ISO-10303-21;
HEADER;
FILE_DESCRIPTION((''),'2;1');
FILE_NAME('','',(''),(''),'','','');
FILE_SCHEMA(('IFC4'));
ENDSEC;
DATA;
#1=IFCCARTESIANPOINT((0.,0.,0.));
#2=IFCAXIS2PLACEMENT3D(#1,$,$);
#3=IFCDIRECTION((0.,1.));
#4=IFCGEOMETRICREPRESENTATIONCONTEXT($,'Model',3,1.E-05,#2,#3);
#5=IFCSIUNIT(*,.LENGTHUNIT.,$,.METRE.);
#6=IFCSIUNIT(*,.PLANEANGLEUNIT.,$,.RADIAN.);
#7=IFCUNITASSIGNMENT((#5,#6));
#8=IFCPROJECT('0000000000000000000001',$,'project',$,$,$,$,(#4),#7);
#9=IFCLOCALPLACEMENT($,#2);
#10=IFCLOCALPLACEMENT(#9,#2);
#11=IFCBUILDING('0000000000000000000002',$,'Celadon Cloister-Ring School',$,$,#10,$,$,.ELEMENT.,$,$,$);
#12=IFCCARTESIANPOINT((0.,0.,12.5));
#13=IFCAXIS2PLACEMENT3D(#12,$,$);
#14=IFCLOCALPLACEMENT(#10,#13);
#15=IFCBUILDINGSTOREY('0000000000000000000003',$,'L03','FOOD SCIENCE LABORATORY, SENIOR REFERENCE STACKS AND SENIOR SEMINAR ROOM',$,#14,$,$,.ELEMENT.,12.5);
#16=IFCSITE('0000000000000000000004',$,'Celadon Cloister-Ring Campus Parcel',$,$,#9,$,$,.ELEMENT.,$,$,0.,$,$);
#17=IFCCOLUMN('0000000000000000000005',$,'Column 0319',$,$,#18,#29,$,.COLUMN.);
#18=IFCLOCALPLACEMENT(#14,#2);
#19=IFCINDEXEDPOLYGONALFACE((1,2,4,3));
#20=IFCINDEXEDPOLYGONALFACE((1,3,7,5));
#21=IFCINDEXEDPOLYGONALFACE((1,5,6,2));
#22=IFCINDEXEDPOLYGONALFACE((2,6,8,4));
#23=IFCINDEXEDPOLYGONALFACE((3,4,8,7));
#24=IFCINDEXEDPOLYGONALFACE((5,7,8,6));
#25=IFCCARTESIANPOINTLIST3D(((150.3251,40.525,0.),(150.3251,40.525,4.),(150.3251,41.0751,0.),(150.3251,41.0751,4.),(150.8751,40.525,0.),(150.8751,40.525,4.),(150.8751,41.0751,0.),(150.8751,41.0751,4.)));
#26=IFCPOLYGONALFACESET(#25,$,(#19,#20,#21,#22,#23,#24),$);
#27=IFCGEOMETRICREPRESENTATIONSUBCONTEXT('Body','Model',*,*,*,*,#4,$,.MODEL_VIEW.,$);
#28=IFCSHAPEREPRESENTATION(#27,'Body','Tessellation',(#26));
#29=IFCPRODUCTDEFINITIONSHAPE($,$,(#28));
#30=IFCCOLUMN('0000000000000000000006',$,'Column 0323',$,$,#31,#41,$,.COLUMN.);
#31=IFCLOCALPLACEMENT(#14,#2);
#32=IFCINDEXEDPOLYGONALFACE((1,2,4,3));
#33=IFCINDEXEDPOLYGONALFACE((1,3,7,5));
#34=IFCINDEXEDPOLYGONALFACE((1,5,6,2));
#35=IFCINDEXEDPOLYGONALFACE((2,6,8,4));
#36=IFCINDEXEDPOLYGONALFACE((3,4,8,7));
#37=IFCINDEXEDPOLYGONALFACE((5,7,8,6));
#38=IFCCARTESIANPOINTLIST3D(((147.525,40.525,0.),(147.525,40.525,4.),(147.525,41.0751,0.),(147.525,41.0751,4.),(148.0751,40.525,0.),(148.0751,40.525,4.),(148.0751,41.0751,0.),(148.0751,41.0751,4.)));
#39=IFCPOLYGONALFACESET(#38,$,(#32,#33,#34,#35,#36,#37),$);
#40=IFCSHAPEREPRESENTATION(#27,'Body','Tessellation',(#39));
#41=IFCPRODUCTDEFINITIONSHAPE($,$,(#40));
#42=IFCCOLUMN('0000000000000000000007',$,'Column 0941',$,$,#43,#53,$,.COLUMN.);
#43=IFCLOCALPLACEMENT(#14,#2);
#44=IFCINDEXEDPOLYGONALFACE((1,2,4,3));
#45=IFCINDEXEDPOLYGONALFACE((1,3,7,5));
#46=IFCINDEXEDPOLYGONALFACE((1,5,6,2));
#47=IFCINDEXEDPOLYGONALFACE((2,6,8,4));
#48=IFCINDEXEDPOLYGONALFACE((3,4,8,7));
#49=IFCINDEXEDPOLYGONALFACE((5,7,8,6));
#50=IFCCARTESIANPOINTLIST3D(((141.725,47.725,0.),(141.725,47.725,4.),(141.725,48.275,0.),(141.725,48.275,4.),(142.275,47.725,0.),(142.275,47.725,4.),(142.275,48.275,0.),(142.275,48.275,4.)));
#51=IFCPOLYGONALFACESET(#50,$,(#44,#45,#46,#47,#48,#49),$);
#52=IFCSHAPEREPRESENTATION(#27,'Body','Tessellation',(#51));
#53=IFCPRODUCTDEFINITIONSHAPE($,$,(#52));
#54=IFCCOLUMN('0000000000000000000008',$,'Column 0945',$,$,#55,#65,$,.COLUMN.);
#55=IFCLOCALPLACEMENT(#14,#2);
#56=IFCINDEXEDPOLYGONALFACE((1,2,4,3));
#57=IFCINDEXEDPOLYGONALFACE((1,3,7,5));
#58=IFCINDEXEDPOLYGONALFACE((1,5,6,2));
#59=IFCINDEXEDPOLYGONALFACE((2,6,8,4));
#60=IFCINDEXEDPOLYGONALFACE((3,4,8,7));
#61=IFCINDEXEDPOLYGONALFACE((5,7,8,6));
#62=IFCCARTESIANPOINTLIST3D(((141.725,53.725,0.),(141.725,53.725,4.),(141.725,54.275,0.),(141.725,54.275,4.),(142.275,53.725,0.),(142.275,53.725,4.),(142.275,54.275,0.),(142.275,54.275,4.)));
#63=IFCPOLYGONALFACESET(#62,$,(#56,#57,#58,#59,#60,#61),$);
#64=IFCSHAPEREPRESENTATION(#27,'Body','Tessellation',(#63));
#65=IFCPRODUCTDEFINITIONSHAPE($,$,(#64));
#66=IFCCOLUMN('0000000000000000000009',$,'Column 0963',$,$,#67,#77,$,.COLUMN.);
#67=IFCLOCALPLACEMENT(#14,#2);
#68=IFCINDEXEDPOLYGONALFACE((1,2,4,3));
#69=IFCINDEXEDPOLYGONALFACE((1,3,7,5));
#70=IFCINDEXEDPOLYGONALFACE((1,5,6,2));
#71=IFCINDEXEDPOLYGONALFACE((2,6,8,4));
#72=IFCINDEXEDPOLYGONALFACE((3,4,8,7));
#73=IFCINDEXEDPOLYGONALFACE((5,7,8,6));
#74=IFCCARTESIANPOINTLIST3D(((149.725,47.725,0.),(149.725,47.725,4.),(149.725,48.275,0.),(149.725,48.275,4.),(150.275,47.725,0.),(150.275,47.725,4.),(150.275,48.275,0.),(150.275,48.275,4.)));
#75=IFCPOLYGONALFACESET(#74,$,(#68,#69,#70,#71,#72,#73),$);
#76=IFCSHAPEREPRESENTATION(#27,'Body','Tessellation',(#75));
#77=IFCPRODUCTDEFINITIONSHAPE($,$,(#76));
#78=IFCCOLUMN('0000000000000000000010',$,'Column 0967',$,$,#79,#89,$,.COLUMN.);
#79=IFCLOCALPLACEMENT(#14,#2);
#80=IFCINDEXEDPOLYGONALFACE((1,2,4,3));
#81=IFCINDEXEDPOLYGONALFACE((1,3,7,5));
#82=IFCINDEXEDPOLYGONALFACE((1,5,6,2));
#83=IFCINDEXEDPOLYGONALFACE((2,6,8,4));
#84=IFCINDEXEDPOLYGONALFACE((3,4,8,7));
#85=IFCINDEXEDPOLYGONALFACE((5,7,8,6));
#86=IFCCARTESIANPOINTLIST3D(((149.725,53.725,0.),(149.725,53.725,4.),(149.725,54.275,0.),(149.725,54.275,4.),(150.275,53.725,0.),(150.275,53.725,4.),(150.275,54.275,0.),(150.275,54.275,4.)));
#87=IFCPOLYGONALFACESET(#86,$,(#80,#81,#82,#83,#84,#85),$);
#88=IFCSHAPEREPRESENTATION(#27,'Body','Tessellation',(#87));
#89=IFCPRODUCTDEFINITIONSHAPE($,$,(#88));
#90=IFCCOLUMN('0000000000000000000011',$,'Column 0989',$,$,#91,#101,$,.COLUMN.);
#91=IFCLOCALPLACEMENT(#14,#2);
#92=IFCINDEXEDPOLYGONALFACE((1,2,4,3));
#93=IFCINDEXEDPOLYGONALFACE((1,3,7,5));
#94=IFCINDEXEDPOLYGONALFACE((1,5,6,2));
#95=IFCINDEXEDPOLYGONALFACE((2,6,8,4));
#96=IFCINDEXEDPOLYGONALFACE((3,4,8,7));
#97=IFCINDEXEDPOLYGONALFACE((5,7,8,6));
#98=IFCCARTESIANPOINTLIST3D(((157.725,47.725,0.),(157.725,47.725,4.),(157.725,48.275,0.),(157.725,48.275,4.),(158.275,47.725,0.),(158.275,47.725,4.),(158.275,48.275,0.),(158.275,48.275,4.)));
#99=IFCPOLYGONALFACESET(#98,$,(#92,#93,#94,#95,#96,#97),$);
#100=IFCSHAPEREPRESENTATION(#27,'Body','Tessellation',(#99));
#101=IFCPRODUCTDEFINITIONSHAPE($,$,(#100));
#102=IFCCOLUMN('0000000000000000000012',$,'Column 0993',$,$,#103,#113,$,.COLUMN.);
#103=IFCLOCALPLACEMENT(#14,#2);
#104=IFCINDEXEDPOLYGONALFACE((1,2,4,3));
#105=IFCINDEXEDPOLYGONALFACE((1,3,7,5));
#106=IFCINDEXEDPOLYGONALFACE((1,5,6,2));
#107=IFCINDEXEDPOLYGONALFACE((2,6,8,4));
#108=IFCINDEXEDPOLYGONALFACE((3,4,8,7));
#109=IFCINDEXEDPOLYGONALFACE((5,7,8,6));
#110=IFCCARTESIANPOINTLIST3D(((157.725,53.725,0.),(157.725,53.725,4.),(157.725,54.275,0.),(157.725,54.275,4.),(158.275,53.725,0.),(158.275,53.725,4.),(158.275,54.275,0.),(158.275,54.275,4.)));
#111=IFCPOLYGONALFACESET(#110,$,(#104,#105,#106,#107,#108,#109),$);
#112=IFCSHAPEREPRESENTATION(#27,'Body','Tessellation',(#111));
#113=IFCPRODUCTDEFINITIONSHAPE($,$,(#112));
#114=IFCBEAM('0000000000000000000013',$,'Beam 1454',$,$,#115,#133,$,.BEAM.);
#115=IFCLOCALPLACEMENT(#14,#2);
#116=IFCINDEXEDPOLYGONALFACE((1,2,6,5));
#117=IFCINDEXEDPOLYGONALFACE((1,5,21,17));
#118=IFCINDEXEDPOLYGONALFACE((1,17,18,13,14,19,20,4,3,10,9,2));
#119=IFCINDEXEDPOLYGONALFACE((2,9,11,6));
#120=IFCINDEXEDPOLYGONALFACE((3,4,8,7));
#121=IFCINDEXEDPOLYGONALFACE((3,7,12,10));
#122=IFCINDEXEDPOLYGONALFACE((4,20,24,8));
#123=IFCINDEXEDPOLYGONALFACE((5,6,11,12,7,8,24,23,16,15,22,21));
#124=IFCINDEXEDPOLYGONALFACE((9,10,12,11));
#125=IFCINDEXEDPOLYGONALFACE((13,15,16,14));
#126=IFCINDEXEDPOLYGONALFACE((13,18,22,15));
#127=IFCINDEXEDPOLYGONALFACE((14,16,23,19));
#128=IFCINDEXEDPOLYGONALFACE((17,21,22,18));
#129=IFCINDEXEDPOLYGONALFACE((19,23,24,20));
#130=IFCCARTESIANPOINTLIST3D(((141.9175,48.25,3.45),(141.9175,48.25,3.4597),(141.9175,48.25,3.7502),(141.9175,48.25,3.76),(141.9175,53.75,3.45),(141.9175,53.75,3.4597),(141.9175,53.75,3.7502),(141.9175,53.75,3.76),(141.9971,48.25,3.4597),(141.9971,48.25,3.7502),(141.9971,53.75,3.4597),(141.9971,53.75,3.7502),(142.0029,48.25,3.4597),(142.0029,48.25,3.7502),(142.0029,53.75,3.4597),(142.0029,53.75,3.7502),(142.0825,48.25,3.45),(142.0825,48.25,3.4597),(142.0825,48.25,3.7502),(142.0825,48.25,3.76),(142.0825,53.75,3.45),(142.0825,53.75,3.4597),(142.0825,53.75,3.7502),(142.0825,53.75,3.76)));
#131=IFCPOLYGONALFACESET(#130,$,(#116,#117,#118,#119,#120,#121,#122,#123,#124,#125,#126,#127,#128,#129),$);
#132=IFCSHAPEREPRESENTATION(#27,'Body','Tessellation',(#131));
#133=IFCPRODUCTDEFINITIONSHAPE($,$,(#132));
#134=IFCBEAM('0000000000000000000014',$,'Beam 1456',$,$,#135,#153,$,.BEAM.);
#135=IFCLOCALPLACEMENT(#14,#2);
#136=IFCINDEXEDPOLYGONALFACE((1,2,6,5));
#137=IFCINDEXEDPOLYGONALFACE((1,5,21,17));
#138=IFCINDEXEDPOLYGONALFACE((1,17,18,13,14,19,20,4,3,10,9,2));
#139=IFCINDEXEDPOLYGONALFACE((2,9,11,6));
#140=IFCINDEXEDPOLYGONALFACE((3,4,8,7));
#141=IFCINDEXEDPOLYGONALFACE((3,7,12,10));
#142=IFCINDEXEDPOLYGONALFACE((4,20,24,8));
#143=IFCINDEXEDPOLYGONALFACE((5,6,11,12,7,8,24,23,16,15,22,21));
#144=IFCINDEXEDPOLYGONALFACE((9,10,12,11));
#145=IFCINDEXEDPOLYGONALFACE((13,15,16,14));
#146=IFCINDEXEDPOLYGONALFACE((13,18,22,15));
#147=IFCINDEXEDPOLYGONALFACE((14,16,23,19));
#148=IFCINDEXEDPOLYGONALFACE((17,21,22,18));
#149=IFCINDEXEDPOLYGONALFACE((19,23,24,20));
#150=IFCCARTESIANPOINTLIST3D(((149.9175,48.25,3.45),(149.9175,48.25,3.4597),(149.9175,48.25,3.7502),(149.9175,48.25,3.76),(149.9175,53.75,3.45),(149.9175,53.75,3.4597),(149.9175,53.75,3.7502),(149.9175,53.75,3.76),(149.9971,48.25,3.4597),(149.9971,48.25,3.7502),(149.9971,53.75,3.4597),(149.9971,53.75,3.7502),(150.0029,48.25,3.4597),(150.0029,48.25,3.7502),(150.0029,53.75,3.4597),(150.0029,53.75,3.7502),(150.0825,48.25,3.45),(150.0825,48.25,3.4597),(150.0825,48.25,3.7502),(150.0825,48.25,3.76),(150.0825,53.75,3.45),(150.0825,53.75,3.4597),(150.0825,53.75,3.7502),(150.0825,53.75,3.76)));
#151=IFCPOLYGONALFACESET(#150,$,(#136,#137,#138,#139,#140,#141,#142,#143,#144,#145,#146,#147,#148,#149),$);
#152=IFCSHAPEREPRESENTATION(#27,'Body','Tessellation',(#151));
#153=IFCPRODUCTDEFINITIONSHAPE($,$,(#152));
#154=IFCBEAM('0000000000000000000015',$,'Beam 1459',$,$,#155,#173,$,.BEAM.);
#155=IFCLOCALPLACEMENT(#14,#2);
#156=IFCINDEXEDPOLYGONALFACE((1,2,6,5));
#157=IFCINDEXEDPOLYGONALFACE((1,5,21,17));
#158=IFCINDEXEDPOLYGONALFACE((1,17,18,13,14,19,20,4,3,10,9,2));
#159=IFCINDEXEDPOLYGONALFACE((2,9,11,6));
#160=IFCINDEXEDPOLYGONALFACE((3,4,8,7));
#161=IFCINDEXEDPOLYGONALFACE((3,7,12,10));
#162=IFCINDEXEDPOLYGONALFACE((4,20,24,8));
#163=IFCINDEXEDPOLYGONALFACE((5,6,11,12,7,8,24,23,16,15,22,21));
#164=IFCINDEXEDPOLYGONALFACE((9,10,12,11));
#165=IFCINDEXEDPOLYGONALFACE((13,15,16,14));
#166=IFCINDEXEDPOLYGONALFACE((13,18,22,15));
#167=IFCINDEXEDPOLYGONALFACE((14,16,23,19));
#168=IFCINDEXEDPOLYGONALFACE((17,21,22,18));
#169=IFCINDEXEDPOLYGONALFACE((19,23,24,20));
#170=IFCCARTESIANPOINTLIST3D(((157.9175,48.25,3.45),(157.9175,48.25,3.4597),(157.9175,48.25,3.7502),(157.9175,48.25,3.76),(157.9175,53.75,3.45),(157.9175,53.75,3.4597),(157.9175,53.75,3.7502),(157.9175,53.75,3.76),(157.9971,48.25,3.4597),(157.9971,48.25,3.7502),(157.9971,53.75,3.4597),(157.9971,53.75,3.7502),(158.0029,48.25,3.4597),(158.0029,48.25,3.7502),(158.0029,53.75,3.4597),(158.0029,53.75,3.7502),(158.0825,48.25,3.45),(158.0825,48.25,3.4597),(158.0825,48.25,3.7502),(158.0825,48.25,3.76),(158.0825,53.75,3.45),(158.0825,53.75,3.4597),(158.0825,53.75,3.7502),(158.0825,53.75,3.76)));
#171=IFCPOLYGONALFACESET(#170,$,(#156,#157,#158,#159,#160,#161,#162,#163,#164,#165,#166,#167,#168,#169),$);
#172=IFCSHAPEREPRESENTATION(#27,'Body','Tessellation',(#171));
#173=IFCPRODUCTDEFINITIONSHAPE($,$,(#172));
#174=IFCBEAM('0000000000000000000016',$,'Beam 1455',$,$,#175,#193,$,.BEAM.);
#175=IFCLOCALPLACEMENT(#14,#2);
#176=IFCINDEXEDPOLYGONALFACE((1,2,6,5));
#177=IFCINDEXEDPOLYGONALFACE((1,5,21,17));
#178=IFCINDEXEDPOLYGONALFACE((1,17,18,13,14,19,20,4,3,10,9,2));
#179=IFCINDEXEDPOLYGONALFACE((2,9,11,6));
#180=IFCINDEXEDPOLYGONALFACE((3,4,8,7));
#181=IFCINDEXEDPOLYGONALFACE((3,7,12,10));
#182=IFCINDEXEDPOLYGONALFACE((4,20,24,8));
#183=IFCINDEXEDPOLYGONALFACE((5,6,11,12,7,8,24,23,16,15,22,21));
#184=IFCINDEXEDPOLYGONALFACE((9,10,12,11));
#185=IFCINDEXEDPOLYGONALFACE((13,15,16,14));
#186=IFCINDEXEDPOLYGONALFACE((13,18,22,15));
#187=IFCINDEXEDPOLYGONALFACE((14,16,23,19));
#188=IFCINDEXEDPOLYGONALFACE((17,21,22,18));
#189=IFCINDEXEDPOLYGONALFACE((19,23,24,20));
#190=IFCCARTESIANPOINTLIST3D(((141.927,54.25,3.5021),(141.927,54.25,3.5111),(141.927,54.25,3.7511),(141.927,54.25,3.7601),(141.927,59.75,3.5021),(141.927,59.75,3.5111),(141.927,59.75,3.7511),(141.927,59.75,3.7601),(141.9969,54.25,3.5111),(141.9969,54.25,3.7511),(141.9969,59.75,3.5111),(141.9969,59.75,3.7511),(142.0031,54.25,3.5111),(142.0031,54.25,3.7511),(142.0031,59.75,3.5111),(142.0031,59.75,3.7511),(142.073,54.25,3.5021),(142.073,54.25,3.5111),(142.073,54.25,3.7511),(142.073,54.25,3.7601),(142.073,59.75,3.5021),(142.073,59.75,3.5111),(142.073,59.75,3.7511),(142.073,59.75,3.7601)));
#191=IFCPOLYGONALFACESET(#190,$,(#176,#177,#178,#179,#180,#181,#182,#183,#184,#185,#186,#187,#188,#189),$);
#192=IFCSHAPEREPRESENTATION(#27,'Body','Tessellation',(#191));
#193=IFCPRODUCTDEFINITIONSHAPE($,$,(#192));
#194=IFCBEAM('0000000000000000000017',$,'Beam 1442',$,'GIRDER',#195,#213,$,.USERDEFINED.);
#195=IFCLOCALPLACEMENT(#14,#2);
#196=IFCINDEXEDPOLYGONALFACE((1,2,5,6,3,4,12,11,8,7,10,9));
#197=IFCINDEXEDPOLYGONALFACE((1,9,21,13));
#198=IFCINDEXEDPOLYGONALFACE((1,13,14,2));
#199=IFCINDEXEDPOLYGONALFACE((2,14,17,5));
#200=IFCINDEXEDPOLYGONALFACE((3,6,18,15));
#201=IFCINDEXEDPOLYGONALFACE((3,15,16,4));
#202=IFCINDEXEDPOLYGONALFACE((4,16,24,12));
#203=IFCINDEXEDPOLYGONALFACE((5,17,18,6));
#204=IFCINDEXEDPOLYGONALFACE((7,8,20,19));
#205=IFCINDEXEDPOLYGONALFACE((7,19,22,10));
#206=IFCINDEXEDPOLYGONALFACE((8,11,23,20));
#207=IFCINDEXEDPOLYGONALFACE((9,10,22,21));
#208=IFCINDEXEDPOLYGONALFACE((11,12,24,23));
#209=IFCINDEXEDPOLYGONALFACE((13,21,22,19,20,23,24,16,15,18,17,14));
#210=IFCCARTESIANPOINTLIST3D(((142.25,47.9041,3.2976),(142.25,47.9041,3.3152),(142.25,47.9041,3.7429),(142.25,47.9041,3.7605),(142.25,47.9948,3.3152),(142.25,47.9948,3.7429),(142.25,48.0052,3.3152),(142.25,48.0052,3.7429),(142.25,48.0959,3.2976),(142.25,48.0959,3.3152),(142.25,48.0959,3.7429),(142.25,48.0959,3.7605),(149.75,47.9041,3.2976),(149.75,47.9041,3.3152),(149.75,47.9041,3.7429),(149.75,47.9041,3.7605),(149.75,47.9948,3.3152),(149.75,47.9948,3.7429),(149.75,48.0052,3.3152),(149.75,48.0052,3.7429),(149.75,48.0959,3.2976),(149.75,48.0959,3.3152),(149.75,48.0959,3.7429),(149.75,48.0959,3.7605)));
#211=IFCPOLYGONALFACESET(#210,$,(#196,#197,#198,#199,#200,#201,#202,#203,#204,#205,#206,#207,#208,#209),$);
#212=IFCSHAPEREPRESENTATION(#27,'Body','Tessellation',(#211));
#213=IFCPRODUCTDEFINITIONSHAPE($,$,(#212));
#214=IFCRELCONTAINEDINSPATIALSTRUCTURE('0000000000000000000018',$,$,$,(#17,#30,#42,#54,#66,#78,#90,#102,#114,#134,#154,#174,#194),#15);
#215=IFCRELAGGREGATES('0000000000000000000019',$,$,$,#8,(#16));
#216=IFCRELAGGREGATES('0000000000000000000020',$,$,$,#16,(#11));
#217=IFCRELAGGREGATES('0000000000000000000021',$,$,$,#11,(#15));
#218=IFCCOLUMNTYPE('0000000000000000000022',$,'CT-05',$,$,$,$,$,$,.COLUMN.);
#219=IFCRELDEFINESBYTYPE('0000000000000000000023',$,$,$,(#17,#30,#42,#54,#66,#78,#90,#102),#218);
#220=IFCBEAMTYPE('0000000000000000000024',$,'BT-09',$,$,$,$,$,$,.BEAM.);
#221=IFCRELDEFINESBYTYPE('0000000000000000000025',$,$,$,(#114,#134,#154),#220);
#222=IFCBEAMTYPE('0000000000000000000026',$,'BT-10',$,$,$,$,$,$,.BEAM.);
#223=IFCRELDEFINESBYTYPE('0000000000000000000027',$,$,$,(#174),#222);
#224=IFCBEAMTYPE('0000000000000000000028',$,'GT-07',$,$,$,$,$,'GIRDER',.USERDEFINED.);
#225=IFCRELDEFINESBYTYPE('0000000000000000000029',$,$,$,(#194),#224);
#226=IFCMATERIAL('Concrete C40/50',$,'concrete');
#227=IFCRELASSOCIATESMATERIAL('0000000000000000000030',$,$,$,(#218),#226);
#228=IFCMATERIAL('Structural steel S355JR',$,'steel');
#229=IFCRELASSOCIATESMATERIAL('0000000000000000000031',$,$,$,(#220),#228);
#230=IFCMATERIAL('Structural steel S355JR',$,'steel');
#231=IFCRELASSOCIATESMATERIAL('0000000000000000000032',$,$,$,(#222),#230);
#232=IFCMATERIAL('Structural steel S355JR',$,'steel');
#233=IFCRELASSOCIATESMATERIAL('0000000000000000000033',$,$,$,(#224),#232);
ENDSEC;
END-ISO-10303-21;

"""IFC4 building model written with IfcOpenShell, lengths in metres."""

from ifc_helpers import new_model, si_unit, direction, frame, origin, origin_2d, place, context, subcontext, project, spatial, rectangle, i_section, extrude, material, material_profile, profile_set, type_object, element, save


model = new_model("IFC4")

# Units and contexts
model_context = context("Model", 3, precision=1e-05, world=origin(), true_north=direction((0.0, 1.0)))
body_context = subcontext(model_context, "Body", "Model", "MODEL_VIEW")
ifc_project = project(units=[si_unit("LENGTHUNIT", "METRE"), si_unit("PLANEANGLEUNIT", "RADIAN")], contexts=[model_context])

# Site, building, storey
site_placement = place(None, origin())
site = spatial("IfcSite", under=ifc_project, at=site_placement, Name="Celadon Cloister-Ring Campus Parcel", CompositionType="ELEMENT", RefElevation=0.0)
building_placement = place(site_placement, origin())
building = spatial("IfcBuilding", under=site, at=building_placement, Name="Celadon Cloister-Ring School", CompositionType="ELEMENT")
storey_placement = place(building_placement, frame((0.0, 0.0, 12.5)))
storey = spatial("IfcBuildingStorey", under=building, at=storey_placement, Name="L03", Description="FOOD SCIENCE LABORATORY, SENIOR REFERENCE STACKS AND SENIOR SEMINAR ROOM", CompositionType="ELEMENT", Elevation=12.5)

# Columns
ifc_material_1 = material(Name="Concrete C40/50", Category="concrete")
ifc_material_profile_1 = material_profile(ifc_material_1, rectangle(XDim=0.55, YDim=0.55, at=origin_2d()), Name="RC550X550")
ifc_profile_set_1 = profile_set([ifc_material_profile_1], Name="Concrete C40/50")
column_type = type_object("IfcColumnType", Name="CT-05", PredefinedType="COLUMN", material=ifc_profile_set_1)
for number, where, z_axis, x_axis, name in (
    (1, (150.6001, 40.8, 0.0), (0.0, 0.0, 1.0), (1.0, 0.0, 0.0), "Column 0319"),
    (2, (147.8, 40.8, 0.0), (0.0, 0.0, 1.0), (1.0, 0.0, 0.0), "Column 0323"),
    (3, (142.0, 48.0, 0.0), (0.0, 0.0, 1.0), (1.0, 0.0, 0.0), "Column 0941"),
    (4, (142.0, 54.0, 0.0), (0.0, 0.0, 1.0), (1.0, 0.0, 0.0), "Column 0945"),
    (5, (150.0, 48.0, 0.0), (0.0, 0.0, 1.0), (1.0, 0.0, 0.0), "Column 0963"),
    (6, (150.0, 54.0, 0.0), (0.0, 0.0, 1.0), (1.0, 0.0, 0.0), "Column 0967"),
    (7, (158.0, 48.0, 0.0), (0.0, 0.0, 1.0), (1.0, 0.0, 0.0), "Column 0989"),
    (8, (158.0, 54.0, 0.0), (0.0, 0.0, 1.0), (1.0, 0.0, 0.0), "Column 0993"),
):
    element("IfcColumn", number, at=place(storey_placement, frame(where, z_axis=z_axis, x_axis=x_axis)), inside=storey, type_object=column_type, Name=name, PredefinedType="COLUMN", context=body_context, shape_type="SweptSolid", body=[
        extrude(rectangle(XDim=0.55, YDim=0.55, at=origin_2d()), origin(), (0.0, 0.0, 1.0), 4.0),
    ])

# Beams
ifc_material_2 = material(Name="Structural steel S355JR", Category="steel")
ifc_material_profile_2 = material_profile(ifc_material_2, i_section(OverallWidth=0.165, OverallDepth=0.3101, WebThickness=0.0059, FlangeThickness=0.0098, at=origin_2d()), Name="W310X39")
ifc_profile_set_2 = profile_set([ifc_material_profile_2], Name="Structural steel S355JR")
beam_type_1 = type_object("IfcBeamType", Name="BT-09", PredefinedType="BEAM", material=ifc_profile_set_2)
for number, where, z_axis, x_axis, name in (
    (9, (142.0, 48.25, 3.605), (0.0, 1.0, 0.0), (-1.0, 0.0, 0.0), "Beam 1454"),
    (10, (150.0, 48.25, 3.605), (0.0, 1.0, 0.0), (-1.0, 0.0, 0.0), "Beam 1456"),
    (11, (158.0, 48.25, 3.605), (0.0, 1.0, 0.0), (-1.0, 0.0, 0.0), "Beam 1459"),
):
    element("IfcBeam", number, at=place(storey_placement, frame(where, z_axis=z_axis, x_axis=x_axis)), inside=storey, type_object=beam_type_1, Name=name, PredefinedType="BEAM", context=body_context, shape_type="SweptSolid", body=[
        extrude(i_section(OverallWidth=0.165, OverallDepth=0.3101, WebThickness=0.0059, FlangeThickness=0.0098, at=origin_2d()), origin(), (0.0, 0.0, 1.0), 5.5),
    ])
ifc_material_3 = material(Name="Structural steel S355JR", Category="steel")
ifc_material_profile_3 = material_profile(ifc_material_3, i_section(OverallWidth=0.146, OverallDepth=0.2581, WebThickness=0.0061, FlangeThickness=0.009, at=origin_2d()), Name="W250X33")
ifc_profile_set_3 = profile_set([ifc_material_profile_3], Name="Structural steel S355JR")
beam_type_2 = type_object("IfcBeamType", Name="BT-10", PredefinedType="BEAM", material=ifc_profile_set_3)
beam_placement = place(storey_placement, frame((142.0, 54.25, 3.6311), z_axis=(0.0, 1.0, 0.0), x_axis=(-1.0, 0.0, 0.0)))
element("IfcBeam", 12, at=beam_placement, inside=storey, type_object=beam_type_2, Name="Beam 1455", PredefinedType="BEAM", context=body_context, shape_type="SweptSolid", body=[
    extrude(i_section(OverallWidth=0.146, OverallDepth=0.2581, WebThickness=0.0061, FlangeThickness=0.009, at=origin_2d()), origin(), (0.0, 0.0, 1.0), 5.5),
])
ifc_material_4 = material(Name="Structural steel S355JR", Category="steel")
ifc_material_profile_4 = material_profile(ifc_material_4, i_section(OverallWidth=0.1919, OverallDepth=0.4629, WebThickness=0.0105, FlangeThickness=0.0176, at=origin_2d()), Name="W460X89")
ifc_profile_set_4 = profile_set([ifc_material_profile_4], Name="Structural steel S355JR")
beam_type_3 = type_object("IfcBeamType", Name="GT-07", ElementType="GIRDER", PredefinedType="USERDEFINED", material=ifc_profile_set_4)
for number, where, z_axis, x_axis, name in (
    (13, (142.25, 48.0, 3.5291), (1.0, 0.0, 0.0), (0.0, 1.0, 0.0), "Beam 1442"),
):
    element("IfcBeam", number, at=place(storey_placement, frame(where, z_axis=z_axis, x_axis=x_axis)), inside=storey, type_object=beam_type_3, Name=name, ObjectType="GIRDER", PredefinedType="USERDEFINED", context=body_context, shape_type="SweptSolid", body=[
        extrude(i_section(OverallWidth=0.1919, OverallDepth=0.4629, WebThickness=0.0105, FlangeThickness=0.0176, at=origin_2d()), origin(), (0.0, 0.0, 1.0), 7.5),
    ])

save(model, "model.ifc")
